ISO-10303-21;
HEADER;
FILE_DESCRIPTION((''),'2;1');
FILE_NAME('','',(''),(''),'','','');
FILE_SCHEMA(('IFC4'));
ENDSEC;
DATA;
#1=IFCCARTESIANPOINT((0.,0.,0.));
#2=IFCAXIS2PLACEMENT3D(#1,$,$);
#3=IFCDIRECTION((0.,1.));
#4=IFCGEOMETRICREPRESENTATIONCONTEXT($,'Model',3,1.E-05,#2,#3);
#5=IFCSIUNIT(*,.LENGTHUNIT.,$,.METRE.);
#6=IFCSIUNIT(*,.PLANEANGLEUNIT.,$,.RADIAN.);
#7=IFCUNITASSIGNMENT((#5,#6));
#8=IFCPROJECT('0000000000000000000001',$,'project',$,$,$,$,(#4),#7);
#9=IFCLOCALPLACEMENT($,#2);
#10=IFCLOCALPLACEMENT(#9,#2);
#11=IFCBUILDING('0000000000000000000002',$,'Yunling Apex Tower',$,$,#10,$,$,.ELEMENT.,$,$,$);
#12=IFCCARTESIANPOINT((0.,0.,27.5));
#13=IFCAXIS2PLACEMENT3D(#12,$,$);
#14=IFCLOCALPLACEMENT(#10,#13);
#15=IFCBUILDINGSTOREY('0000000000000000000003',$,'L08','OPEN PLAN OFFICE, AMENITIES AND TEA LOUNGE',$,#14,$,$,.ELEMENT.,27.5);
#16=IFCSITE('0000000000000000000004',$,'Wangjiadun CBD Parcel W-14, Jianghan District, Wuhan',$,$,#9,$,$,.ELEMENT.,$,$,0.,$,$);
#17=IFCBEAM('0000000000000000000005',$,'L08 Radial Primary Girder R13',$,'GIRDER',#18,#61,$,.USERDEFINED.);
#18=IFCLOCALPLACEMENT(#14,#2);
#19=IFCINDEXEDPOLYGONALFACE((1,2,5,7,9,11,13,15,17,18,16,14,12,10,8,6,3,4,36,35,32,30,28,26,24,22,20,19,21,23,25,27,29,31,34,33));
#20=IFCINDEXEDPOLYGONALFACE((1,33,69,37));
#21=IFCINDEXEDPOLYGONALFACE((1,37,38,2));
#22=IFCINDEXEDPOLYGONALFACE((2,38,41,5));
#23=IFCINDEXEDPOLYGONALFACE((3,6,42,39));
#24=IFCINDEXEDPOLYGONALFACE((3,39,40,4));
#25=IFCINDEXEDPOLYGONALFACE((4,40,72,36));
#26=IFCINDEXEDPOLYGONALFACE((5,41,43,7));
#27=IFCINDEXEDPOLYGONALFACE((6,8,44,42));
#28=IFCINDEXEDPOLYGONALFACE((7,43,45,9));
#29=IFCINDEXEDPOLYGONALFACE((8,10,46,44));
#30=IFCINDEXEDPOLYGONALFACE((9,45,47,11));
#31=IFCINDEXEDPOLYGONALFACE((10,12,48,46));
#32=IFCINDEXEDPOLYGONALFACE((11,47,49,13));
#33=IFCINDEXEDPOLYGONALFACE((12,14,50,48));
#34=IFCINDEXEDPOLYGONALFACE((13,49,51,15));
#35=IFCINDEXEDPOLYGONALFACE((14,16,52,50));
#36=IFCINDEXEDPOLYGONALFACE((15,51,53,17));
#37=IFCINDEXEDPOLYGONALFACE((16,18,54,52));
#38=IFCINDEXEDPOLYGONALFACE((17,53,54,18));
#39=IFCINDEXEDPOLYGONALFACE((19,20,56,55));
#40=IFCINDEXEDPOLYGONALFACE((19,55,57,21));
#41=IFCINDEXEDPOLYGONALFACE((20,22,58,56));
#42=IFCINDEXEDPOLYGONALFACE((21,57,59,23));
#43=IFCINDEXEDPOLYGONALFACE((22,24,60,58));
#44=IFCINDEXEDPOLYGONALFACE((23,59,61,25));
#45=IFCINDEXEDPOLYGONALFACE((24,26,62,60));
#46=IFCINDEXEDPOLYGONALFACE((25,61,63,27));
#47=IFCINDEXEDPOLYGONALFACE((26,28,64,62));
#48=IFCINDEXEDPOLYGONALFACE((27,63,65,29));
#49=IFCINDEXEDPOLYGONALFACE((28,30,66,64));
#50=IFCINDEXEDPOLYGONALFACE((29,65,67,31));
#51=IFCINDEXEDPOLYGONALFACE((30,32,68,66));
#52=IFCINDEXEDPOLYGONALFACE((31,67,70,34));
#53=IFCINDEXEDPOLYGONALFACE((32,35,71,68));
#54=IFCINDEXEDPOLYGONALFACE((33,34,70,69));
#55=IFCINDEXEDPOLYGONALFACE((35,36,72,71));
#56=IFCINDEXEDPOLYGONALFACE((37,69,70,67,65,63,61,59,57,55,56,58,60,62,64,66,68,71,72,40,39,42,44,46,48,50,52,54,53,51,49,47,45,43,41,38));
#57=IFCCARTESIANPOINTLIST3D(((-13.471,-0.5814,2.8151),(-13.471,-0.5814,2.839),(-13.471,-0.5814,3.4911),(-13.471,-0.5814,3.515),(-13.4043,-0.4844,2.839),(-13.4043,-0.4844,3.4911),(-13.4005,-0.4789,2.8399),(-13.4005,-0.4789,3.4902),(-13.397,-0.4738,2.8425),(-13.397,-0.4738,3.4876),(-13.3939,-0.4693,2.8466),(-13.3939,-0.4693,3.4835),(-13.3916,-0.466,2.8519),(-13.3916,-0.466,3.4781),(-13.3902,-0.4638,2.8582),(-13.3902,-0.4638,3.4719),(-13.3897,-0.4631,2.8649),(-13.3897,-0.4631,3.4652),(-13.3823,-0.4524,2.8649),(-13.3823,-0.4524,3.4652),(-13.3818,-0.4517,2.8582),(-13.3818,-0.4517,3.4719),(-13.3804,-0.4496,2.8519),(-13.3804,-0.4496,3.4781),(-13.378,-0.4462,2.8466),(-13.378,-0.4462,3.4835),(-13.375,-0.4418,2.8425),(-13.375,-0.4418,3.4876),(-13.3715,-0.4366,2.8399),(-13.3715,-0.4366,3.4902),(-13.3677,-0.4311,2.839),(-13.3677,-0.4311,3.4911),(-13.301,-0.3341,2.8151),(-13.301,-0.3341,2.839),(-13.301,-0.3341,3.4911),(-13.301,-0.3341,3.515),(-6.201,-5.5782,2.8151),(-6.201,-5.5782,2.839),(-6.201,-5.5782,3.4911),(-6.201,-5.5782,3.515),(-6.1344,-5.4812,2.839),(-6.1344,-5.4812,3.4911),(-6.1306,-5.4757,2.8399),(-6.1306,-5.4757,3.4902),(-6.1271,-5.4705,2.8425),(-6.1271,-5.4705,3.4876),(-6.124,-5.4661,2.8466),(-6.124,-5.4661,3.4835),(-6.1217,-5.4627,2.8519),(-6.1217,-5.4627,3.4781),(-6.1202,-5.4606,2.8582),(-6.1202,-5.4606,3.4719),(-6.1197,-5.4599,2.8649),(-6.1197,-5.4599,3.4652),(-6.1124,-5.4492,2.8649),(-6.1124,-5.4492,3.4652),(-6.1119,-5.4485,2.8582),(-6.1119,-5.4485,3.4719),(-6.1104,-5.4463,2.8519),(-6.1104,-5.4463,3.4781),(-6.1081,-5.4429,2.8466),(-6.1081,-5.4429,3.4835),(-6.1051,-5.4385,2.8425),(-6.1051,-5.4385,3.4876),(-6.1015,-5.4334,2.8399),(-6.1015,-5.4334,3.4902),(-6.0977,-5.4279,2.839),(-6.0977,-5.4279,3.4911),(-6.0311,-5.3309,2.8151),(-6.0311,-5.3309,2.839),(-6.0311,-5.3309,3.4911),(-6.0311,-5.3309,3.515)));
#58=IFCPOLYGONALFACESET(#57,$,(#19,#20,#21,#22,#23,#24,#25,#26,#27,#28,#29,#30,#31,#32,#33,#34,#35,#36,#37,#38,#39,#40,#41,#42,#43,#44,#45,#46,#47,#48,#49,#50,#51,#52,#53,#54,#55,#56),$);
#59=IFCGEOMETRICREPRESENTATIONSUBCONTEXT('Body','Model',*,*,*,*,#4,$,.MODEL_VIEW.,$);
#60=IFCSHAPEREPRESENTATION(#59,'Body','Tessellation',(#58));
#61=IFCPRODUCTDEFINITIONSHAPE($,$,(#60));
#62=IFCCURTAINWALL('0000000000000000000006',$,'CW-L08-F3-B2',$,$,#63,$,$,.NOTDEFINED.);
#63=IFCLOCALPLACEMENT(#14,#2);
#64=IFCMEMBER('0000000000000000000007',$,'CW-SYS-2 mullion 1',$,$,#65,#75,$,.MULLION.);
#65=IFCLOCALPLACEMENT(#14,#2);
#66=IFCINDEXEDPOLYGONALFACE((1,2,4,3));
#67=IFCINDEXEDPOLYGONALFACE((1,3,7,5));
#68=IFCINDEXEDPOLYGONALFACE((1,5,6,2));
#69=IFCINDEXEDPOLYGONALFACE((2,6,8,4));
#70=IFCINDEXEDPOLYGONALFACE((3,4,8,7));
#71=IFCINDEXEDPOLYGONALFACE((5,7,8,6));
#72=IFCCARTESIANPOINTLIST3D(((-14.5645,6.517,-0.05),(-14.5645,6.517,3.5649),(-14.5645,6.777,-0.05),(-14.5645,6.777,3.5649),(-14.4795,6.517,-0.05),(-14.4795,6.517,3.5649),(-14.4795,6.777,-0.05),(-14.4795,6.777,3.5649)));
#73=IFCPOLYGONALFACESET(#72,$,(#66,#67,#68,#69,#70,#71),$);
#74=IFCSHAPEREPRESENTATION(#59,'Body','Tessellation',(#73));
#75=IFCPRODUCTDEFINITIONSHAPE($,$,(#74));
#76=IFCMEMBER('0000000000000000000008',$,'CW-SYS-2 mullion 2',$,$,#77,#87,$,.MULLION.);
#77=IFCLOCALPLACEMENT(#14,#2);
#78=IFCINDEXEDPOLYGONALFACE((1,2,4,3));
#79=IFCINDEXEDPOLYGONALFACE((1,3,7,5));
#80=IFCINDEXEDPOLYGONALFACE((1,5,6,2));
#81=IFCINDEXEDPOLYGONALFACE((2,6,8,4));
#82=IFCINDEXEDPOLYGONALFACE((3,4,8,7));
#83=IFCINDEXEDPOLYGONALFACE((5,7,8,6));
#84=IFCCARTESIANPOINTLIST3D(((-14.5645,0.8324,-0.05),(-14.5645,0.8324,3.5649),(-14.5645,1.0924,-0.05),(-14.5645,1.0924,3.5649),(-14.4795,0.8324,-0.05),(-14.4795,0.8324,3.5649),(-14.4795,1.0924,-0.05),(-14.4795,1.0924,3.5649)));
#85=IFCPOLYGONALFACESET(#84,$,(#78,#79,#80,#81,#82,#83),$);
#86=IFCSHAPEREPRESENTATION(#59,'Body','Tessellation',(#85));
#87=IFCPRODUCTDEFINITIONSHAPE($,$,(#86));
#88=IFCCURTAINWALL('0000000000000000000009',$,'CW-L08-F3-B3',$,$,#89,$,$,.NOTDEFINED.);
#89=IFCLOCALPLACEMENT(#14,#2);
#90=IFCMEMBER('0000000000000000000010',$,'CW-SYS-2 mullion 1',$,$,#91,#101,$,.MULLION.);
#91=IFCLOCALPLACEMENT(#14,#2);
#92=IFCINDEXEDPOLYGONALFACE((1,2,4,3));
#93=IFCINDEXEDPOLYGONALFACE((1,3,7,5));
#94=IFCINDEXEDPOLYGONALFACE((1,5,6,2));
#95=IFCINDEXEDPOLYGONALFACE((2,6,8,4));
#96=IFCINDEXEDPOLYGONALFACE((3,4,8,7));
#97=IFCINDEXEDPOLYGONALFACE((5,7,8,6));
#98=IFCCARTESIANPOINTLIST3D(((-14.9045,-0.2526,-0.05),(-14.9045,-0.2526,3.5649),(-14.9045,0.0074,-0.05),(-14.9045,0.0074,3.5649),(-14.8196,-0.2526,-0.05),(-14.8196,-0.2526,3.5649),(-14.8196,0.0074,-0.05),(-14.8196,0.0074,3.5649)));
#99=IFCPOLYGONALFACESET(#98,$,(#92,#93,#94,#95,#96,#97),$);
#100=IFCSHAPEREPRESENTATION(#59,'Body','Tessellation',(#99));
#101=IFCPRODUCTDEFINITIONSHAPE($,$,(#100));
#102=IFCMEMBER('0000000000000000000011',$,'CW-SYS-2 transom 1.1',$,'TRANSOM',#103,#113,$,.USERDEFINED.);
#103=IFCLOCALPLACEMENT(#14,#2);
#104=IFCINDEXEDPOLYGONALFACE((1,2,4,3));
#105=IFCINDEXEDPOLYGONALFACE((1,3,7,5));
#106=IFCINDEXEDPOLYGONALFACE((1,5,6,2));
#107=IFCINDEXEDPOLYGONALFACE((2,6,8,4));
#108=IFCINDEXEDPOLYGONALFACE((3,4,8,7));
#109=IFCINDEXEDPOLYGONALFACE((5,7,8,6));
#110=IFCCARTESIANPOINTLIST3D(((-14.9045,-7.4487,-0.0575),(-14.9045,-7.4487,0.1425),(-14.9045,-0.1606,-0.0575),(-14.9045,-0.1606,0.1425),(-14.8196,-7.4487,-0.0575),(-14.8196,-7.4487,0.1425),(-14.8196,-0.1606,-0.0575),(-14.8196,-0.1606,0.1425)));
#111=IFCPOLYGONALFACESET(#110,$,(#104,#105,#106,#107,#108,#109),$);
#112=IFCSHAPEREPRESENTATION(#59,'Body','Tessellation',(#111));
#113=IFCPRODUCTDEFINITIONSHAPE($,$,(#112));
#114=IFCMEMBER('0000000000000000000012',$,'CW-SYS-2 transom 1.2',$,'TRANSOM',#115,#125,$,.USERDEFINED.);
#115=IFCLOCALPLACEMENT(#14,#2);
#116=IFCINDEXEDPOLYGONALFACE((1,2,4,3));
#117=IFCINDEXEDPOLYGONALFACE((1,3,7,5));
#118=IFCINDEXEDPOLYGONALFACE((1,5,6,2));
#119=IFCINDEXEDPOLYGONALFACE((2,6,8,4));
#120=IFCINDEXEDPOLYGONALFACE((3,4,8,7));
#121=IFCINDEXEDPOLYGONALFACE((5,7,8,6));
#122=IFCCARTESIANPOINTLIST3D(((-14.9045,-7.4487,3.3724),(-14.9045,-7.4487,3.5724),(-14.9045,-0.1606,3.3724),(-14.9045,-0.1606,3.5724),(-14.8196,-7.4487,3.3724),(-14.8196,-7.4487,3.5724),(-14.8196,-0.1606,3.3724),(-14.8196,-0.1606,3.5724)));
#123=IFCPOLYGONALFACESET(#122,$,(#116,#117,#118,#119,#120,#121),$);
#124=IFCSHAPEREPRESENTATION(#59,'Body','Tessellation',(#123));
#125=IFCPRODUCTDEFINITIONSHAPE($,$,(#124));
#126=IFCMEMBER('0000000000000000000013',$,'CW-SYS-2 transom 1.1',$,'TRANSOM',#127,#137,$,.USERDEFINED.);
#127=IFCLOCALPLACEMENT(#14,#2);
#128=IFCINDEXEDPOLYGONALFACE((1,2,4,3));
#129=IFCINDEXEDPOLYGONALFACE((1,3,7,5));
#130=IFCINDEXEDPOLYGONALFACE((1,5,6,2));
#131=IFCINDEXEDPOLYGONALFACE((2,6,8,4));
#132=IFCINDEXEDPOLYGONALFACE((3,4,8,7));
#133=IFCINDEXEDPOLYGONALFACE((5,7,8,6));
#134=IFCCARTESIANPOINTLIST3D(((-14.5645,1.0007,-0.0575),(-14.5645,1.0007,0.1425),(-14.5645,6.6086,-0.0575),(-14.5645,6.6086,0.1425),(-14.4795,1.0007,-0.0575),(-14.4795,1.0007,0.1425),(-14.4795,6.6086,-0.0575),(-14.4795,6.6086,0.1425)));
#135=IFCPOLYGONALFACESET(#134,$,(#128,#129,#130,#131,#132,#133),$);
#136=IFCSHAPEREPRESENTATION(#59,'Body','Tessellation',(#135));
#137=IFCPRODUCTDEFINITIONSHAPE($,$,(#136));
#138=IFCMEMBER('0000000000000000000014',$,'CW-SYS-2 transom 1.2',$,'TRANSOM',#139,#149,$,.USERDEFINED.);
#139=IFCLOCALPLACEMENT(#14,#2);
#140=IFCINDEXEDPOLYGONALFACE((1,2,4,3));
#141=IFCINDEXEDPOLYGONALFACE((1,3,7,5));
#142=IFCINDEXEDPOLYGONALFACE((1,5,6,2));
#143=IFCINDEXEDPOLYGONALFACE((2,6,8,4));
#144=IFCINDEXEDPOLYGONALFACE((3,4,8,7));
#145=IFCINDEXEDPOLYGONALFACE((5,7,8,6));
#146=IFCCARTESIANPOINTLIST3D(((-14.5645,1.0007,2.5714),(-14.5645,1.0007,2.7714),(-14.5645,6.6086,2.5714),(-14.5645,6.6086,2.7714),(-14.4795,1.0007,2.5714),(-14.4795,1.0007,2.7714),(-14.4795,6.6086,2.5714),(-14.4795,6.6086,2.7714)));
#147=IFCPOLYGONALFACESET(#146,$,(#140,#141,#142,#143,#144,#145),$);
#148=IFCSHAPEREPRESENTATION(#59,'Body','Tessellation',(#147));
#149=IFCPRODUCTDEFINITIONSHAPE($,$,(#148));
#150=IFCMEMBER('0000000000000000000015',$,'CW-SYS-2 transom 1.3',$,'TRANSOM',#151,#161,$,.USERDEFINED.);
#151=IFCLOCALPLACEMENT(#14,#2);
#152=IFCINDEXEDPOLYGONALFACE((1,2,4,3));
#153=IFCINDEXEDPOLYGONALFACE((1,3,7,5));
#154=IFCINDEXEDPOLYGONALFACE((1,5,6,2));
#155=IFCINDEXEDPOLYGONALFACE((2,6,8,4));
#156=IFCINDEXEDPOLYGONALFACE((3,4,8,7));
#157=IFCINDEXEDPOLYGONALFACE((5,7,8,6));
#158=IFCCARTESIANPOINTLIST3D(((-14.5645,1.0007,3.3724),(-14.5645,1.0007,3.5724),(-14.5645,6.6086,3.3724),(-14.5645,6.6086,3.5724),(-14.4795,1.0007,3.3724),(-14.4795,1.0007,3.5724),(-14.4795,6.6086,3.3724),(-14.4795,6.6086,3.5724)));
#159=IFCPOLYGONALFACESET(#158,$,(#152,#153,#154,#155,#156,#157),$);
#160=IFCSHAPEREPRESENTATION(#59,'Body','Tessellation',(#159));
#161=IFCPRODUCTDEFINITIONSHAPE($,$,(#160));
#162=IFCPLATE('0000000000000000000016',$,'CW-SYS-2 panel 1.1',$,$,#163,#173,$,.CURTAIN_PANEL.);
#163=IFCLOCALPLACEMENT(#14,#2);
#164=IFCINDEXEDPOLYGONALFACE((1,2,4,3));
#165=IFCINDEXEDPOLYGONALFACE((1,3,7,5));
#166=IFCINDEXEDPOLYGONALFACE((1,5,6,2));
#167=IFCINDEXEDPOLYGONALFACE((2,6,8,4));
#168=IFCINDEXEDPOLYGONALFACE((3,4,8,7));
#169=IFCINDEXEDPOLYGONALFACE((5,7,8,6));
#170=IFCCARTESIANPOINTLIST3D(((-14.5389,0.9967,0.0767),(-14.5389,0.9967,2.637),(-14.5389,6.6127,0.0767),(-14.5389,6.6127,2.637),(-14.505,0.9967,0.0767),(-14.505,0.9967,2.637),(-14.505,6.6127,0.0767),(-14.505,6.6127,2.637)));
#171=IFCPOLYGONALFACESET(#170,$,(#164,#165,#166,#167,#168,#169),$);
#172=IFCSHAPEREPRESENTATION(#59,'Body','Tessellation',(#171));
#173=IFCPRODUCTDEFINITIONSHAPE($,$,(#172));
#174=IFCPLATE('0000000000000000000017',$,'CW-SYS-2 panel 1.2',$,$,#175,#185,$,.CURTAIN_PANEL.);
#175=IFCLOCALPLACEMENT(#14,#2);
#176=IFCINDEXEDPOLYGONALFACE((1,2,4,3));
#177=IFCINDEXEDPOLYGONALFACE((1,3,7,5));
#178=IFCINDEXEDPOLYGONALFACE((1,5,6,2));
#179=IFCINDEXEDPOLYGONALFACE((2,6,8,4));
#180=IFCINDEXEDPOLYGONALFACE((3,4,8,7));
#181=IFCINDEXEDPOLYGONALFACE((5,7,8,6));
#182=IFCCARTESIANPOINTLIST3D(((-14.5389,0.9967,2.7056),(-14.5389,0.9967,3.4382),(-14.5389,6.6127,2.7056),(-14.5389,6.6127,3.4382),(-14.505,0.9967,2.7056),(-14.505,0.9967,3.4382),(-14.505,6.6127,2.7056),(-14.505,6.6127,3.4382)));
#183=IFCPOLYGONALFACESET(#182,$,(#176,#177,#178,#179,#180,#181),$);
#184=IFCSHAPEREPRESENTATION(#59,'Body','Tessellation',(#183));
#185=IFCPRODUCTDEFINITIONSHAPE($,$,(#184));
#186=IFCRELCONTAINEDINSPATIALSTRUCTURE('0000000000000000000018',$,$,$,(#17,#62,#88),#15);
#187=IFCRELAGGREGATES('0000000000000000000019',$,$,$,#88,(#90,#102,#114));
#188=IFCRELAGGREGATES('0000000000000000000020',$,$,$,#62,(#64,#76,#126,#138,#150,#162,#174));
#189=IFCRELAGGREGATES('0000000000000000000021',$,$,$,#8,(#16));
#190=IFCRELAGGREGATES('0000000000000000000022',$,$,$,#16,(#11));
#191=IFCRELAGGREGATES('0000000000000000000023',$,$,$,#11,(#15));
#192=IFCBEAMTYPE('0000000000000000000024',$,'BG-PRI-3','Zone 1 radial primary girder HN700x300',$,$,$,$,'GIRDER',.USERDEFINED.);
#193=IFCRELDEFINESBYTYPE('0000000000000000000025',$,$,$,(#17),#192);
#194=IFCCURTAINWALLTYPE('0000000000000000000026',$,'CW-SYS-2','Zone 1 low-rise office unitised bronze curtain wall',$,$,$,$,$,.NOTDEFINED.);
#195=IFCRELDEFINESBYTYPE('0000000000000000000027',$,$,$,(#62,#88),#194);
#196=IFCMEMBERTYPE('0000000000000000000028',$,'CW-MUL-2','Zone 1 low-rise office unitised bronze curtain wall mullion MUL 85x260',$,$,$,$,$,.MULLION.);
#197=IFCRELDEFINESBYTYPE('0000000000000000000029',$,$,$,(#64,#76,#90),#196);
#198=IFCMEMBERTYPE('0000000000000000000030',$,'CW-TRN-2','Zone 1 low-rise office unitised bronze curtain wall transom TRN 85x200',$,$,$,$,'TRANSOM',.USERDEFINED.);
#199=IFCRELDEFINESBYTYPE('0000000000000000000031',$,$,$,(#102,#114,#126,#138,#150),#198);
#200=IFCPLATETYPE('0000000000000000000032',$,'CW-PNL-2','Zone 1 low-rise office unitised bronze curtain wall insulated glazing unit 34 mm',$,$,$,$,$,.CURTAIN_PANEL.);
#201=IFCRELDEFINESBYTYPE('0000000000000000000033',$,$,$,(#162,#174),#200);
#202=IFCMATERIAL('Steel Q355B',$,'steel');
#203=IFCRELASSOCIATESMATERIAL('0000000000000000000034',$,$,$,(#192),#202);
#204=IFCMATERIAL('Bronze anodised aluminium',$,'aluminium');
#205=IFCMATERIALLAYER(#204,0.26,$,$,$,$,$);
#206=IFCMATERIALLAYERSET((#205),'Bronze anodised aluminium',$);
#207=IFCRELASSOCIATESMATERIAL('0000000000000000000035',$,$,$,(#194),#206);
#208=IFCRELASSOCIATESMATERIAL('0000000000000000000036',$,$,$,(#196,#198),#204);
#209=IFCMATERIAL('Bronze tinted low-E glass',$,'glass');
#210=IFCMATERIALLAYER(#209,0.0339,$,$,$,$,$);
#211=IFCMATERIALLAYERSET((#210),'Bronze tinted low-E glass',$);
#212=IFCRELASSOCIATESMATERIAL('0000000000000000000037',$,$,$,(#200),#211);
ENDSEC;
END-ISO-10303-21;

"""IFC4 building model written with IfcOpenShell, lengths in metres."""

from ifc_helpers import new_model, si_unit, direction, frame, origin, origin_2d, place, context, subcontext, project, spatial, rectangle, i_section, extrude, source, transform, mapped, material, layer, layer_set, material_profile, profile_set, type_object, element, aggregate, save


model = new_model("IFC4")

# Units and contexts
model_context = context("Model", 3, precision=1e-05, world=origin(), true_north=direction((0.0, 1.0)))
body_context = subcontext(model_context, "Body", "Model", "MODEL_VIEW")
ifc_project = project(units=[si_unit("LENGTHUNIT", "METRE"), si_unit("PLANEANGLEUNIT", "RADIAN")], contexts=[model_context])

# Site, building, storey
site_placement = place(None, origin())
site = spatial("IfcSite", under=ifc_project, at=site_placement, Name="Wangjiadun CBD Parcel W-14, Jianghan District, Wuhan", CompositionType="ELEMENT", RefElevation=0.0)
building_placement = place(site_placement, origin())
building = spatial("IfcBuilding", under=site, at=building_placement, Name="Yunling Apex Tower", CompositionType="ELEMENT")
storey_placement = place(building_placement, frame((0.0, 0.0, 27.5)))
storey = spatial("IfcBuildingStorey", under=building, at=storey_placement, Name="L08", Description="OPEN PLAN OFFICE, AMENITIES AND TEA LOUNGE", CompositionType="ELEMENT", Elevation=27.5)

# Beam
ifc_material_1 = material(Name="Steel Q355B", Category="steel")
ifc_material_profile_1 = material_profile(ifc_material_1, i_section(OverallWidth=0.3, OverallDepth=0.7, WebThickness=0.0129, FlangeThickness=0.0239, FilletRadius=0.0259, at=origin_2d()))
ifc_profile_set_1 = profile_set([ifc_material_profile_1], Name="Steel Q355B")
beam_type_1 = type_object("IfcBeamType", Name="BG-PRI-3", Description="Zone 1 radial primary girder HN700x300", ElementType="GIRDER", PredefinedType="USERDEFINED", material=ifc_profile_set_1)
shared_shape_1 = source(origin(), body_context, "Body", "SweptSolid", [
    extrude(i_section(OverallWidth=0.3, OverallDepth=0.7, WebThickness=0.0129, FlangeThickness=0.0239, FilletRadius=0.0259, at=origin_2d()), origin(), (0.0, 0.0, 1.0), 8.8215),
])
beam_1_placement = place(storey_placement, frame((-13.386, -0.4578, 3.165), z_axis=(0.824111, -0.566428, 0.0), x_axis=(0.566428, 0.824111, 0.0)))
element("IfcBeam", 1, at=beam_1_placement, inside=storey, type_object=beam_type_1, Name="L08 Radial Primary Girder R13", ObjectType="GIRDER", PredefinedType="USERDEFINED", context=body_context, shape_type="MappedRepresentation", body=[
    mapped(shared_shape_1, transform((0.0, 0.0, 0.0), scale=1.0)),
])

# Curtain walls, members
ifc_material_2 = material(Name="Bronze anodised aluminium", Category="aluminium")
ifc_layer_1 = layer(ifc_material_2, 0.26)
ifc_layer_set_1 = layer_set([ifc_layer_1], Name="Bronze anodised aluminium")
curtain_wall_type = type_object("IfcCurtainWallType", Name="CW-SYS-2", Description="Zone 1 low-rise office unitised bronze curtain wall", PredefinedType="NOTDEFINED", material=ifc_layer_set_1)
curtain_wall_1_placement = place(storey_placement, origin())
curtain_wall_1 = element("IfcCurtainWall", 2, at=curtain_wall_1_placement, inside=storey, type_object=curtain_wall_type, Name="CW-L08-F3-B2", PredefinedType="NOTDEFINED")
ifc_material_profile_2 = material_profile(ifc_material_2, rectangle(XDim=0.085, YDim=0.26, at=origin_2d()))
ifc_profile_set_2 = profile_set([ifc_material_profile_2], Name="Bronze anodised aluminium")
member_type_1 = type_object("IfcMemberType", Name="CW-MUL-2", Description="Zone 1 low-rise office unitised bronze curtain wall mullion MUL 85x260", PredefinedType="MULLION", material=ifc_profile_set_2)
shared_shape_2 = source(origin(), body_context, "Body", "SweptSolid", [
    extrude(rectangle(XDim=0.085, YDim=0.26, at=origin_2d()), origin(), (0.0, 0.0, 1.0), 3.615),
])
member_1_placement = place(storey_placement, frame((-14.522, 6.647, -0.05), z_axis=(0.0, 0.0, 1.0), x_axis=(1.0, 0.0, 0.0)))
member_1 = element("IfcMember", 3, at=member_1_placement, type_object=member_type_1, Name="CW-SYS-2 mullion 1", PredefinedType="MULLION", context=body_context, shape_type="MappedRepresentation", body=[
    mapped(shared_shape_2, transform((0.0, 0.0, 0.0), scale=1.0)),
])
member_2_placement = place(storey_placement, frame((-14.522, 0.9624, -0.05), z_axis=(0.0, 0.0, 1.0), x_axis=(1.0, 0.0, 0.0)))
member_2 = element("IfcMember", 4, at=member_2_placement, type_object=member_type_1, Name="CW-SYS-2 mullion 2", PredefinedType="MULLION", context=body_context, shape_type="MappedRepresentation", body=[
    mapped(shared_shape_2, transform((0.0, 0.0, 0.0), scale=1.0)),
])
curtain_wall_2_placement = place(storey_placement, origin())
curtain_wall_2 = element("IfcCurtainWall", 5, at=curtain_wall_2_placement, inside=storey, type_object=curtain_wall_type, Name="CW-L08-F3-B3", PredefinedType="NOTDEFINED")
member_3_placement = place(storey_placement, frame((-14.8621, -0.1226, -0.05), z_axis=(0.0, 0.0, 1.0), x_axis=(1.0, 0.0, 0.0)))
member_3 = element("IfcMember", 6, at=member_3_placement, type_object=member_type_1, Name="CW-SYS-2 mullion 1", PredefinedType="MULLION", context=body_context, shape_type="MappedRepresentation", body=[
    mapped(shared_shape_2, transform((0.0, 0.0, 0.0), scale=1.0)),
])
ifc_material_profile_3 = material_profile(ifc_material_2, rectangle(XDim=0.085, YDim=0.2, at=origin_2d()))
ifc_profile_set_3 = profile_set([ifc_material_profile_3], Name="Bronze anodised aluminium")
member_type_2 = type_object("IfcMemberType", Name="CW-TRN-2", Description="Zone 1 low-rise office unitised bronze curtain wall transom TRN 85x200", ElementType="TRANSOM", PredefinedType="USERDEFINED", material=ifc_profile_set_3)
shared_shape_3 = source(origin(), body_context, "Body", "SweptSolid", [
    extrude(rectangle(XDim=0.085, YDim=0.2, at=origin_2d()), origin(), (0.0, 0.0, 1.0), 7.2881),
])
member_4_placement = place(storey_placement, frame((-14.8621, -0.1606, 0.0425), z_axis=(0.0, -1.0, 0.0), x_axis=(1.0, 0.0, 0.0)))
member_4 = element("IfcMember", 7, at=member_4_placement, type_object=member_type_2, Name="CW-SYS-2 transom 1.1", ObjectType="TRANSOM", PredefinedType="USERDEFINED", context=body_context, shape_type="MappedRepresentation", body=[
    mapped(shared_shape_3, transform((0.0, 0.0, 0.0), scale=1.0)),
])
member_5_placement = place(storey_placement, frame((-14.8621, -0.1606, 3.4724), z_axis=(0.0, -1.0, 0.0), x_axis=(1.0, 0.0, 0.0)))
member_5 = element("IfcMember", 8, at=member_5_placement, type_object=member_type_2, Name="CW-SYS-2 transom 1.2", ObjectType="TRANSOM", PredefinedType="USERDEFINED", context=body_context, shape_type="MappedRepresentation", body=[
    mapped(shared_shape_3, transform((0.0, 0.0, 0.0), scale=1.0)),
])
aggregate(curtain_wall_2, [member_3, member_4, member_5])

# Members
shared_shape_4 = source(origin(), body_context, "Body", "SweptSolid", [
    extrude(rectangle(XDim=0.085, YDim=0.2, at=origin_2d()), origin(), (0.0, 0.0, 1.0), 5.6079),
])
member_6_placement = place(storey_placement, frame((-14.522, 6.6086, 0.0425), z_axis=(0.0, -1.0, 0.0), x_axis=(1.0, 0.0, 0.0)))
member_6 = element("IfcMember", 9, at=member_6_placement, type_object=member_type_2, Name="CW-SYS-2 transom 1.1", ObjectType="TRANSOM", PredefinedType="USERDEFINED", context=body_context, shape_type="MappedRepresentation", body=[
    mapped(shared_shape_4, transform((0.0, 0.0, 0.0), scale=1.0)),
])
member_7_placement = place(storey_placement, frame((-14.522, 6.6086, 2.6714), z_axis=(0.0, -1.0, 0.0), x_axis=(1.0, 0.0, 0.0)))
member_7 = element("IfcMember", 10, at=member_7_placement, type_object=member_type_2, Name="CW-SYS-2 transom 1.2", ObjectType="TRANSOM", PredefinedType="USERDEFINED", context=body_context, shape_type="MappedRepresentation", body=[
    mapped(shared_shape_4, transform((0.0, 0.0, 0.0), scale=1.0)),
])
member_8_placement = place(storey_placement, frame((-14.522, 6.6086, 3.4724), z_axis=(0.0, -1.0, 0.0), x_axis=(1.0, 0.0, 0.0)))
member_8 = element("IfcMember", 11, at=member_8_placement, type_object=member_type_2, Name="CW-SYS-2 transom 1.3", ObjectType="TRANSOM", PredefinedType="USERDEFINED", context=body_context, shape_type="MappedRepresentation", body=[
    mapped(shared_shape_4, transform((0.0, 0.0, 0.0), scale=1.0)),
])

# Plates
ifc_material_3 = material(Name="Bronze tinted low-E glass", Category="glass")
ifc_layer_2 = layer(ifc_material_3, 0.0339)
ifc_layer_set_2 = layer_set([ifc_layer_2], Name="Bronze tinted low-E glass")
plate_type = type_object("IfcPlateType", Name="CW-PNL-2", Description="Zone 1 low-rise office unitised bronze curtain wall insulated glazing unit 34 mm", PredefinedType="CURTAIN_PANEL", material=ifc_layer_set_2)
shared_shape_5 = source(origin(), body_context, "Body", "SweptSolid", [
    extrude(rectangle(XDim=5.616, YDim=0.0339, at=origin_2d()), origin(), (0.0, 0.0, 1.0), 2.5603),
])
plate_1_placement = place(storey_placement, frame((-14.522, 3.8047, 0.0767), z_axis=(0.0, 0.0, 1.0), x_axis=(0.0, -1.0, 0.0)))
plate_1 = element("IfcPlate", 12, at=plate_1_placement, type_object=plate_type, Name="CW-SYS-2 panel 1.1", PredefinedType="CURTAIN_PANEL", context=body_context, shape_type="MappedRepresentation", body=[
    mapped(shared_shape_5, transform((0.0, 0.0, 0.0), scale=1.0)),
])
shared_shape_6 = source(origin(), body_context, "Body", "SweptSolid", [
    extrude(rectangle(XDim=5.616, YDim=0.0339, at=origin_2d()), origin(), (0.0, 0.0, 1.0), 0.7327),
])
plate_2_placement = place(storey_placement, frame((-14.522, 3.8047, 2.7056), z_axis=(0.0, 0.0, 1.0), x_axis=(0.0, -1.0, 0.0)))
plate_2 = element("IfcPlate", 13, at=plate_2_placement, type_object=plate_type, Name="CW-SYS-2 panel 1.2", PredefinedType="CURTAIN_PANEL", context=body_context, shape_type="MappedRepresentation", body=[
    mapped(shared_shape_6, transform((0.0, 0.0, 0.0), scale=1.0)),
])
aggregate(curtain_wall_1, [member_1, member_2, member_6, member_7, member_8, plate_1, plate_2])

save(model, "model.ifc")
